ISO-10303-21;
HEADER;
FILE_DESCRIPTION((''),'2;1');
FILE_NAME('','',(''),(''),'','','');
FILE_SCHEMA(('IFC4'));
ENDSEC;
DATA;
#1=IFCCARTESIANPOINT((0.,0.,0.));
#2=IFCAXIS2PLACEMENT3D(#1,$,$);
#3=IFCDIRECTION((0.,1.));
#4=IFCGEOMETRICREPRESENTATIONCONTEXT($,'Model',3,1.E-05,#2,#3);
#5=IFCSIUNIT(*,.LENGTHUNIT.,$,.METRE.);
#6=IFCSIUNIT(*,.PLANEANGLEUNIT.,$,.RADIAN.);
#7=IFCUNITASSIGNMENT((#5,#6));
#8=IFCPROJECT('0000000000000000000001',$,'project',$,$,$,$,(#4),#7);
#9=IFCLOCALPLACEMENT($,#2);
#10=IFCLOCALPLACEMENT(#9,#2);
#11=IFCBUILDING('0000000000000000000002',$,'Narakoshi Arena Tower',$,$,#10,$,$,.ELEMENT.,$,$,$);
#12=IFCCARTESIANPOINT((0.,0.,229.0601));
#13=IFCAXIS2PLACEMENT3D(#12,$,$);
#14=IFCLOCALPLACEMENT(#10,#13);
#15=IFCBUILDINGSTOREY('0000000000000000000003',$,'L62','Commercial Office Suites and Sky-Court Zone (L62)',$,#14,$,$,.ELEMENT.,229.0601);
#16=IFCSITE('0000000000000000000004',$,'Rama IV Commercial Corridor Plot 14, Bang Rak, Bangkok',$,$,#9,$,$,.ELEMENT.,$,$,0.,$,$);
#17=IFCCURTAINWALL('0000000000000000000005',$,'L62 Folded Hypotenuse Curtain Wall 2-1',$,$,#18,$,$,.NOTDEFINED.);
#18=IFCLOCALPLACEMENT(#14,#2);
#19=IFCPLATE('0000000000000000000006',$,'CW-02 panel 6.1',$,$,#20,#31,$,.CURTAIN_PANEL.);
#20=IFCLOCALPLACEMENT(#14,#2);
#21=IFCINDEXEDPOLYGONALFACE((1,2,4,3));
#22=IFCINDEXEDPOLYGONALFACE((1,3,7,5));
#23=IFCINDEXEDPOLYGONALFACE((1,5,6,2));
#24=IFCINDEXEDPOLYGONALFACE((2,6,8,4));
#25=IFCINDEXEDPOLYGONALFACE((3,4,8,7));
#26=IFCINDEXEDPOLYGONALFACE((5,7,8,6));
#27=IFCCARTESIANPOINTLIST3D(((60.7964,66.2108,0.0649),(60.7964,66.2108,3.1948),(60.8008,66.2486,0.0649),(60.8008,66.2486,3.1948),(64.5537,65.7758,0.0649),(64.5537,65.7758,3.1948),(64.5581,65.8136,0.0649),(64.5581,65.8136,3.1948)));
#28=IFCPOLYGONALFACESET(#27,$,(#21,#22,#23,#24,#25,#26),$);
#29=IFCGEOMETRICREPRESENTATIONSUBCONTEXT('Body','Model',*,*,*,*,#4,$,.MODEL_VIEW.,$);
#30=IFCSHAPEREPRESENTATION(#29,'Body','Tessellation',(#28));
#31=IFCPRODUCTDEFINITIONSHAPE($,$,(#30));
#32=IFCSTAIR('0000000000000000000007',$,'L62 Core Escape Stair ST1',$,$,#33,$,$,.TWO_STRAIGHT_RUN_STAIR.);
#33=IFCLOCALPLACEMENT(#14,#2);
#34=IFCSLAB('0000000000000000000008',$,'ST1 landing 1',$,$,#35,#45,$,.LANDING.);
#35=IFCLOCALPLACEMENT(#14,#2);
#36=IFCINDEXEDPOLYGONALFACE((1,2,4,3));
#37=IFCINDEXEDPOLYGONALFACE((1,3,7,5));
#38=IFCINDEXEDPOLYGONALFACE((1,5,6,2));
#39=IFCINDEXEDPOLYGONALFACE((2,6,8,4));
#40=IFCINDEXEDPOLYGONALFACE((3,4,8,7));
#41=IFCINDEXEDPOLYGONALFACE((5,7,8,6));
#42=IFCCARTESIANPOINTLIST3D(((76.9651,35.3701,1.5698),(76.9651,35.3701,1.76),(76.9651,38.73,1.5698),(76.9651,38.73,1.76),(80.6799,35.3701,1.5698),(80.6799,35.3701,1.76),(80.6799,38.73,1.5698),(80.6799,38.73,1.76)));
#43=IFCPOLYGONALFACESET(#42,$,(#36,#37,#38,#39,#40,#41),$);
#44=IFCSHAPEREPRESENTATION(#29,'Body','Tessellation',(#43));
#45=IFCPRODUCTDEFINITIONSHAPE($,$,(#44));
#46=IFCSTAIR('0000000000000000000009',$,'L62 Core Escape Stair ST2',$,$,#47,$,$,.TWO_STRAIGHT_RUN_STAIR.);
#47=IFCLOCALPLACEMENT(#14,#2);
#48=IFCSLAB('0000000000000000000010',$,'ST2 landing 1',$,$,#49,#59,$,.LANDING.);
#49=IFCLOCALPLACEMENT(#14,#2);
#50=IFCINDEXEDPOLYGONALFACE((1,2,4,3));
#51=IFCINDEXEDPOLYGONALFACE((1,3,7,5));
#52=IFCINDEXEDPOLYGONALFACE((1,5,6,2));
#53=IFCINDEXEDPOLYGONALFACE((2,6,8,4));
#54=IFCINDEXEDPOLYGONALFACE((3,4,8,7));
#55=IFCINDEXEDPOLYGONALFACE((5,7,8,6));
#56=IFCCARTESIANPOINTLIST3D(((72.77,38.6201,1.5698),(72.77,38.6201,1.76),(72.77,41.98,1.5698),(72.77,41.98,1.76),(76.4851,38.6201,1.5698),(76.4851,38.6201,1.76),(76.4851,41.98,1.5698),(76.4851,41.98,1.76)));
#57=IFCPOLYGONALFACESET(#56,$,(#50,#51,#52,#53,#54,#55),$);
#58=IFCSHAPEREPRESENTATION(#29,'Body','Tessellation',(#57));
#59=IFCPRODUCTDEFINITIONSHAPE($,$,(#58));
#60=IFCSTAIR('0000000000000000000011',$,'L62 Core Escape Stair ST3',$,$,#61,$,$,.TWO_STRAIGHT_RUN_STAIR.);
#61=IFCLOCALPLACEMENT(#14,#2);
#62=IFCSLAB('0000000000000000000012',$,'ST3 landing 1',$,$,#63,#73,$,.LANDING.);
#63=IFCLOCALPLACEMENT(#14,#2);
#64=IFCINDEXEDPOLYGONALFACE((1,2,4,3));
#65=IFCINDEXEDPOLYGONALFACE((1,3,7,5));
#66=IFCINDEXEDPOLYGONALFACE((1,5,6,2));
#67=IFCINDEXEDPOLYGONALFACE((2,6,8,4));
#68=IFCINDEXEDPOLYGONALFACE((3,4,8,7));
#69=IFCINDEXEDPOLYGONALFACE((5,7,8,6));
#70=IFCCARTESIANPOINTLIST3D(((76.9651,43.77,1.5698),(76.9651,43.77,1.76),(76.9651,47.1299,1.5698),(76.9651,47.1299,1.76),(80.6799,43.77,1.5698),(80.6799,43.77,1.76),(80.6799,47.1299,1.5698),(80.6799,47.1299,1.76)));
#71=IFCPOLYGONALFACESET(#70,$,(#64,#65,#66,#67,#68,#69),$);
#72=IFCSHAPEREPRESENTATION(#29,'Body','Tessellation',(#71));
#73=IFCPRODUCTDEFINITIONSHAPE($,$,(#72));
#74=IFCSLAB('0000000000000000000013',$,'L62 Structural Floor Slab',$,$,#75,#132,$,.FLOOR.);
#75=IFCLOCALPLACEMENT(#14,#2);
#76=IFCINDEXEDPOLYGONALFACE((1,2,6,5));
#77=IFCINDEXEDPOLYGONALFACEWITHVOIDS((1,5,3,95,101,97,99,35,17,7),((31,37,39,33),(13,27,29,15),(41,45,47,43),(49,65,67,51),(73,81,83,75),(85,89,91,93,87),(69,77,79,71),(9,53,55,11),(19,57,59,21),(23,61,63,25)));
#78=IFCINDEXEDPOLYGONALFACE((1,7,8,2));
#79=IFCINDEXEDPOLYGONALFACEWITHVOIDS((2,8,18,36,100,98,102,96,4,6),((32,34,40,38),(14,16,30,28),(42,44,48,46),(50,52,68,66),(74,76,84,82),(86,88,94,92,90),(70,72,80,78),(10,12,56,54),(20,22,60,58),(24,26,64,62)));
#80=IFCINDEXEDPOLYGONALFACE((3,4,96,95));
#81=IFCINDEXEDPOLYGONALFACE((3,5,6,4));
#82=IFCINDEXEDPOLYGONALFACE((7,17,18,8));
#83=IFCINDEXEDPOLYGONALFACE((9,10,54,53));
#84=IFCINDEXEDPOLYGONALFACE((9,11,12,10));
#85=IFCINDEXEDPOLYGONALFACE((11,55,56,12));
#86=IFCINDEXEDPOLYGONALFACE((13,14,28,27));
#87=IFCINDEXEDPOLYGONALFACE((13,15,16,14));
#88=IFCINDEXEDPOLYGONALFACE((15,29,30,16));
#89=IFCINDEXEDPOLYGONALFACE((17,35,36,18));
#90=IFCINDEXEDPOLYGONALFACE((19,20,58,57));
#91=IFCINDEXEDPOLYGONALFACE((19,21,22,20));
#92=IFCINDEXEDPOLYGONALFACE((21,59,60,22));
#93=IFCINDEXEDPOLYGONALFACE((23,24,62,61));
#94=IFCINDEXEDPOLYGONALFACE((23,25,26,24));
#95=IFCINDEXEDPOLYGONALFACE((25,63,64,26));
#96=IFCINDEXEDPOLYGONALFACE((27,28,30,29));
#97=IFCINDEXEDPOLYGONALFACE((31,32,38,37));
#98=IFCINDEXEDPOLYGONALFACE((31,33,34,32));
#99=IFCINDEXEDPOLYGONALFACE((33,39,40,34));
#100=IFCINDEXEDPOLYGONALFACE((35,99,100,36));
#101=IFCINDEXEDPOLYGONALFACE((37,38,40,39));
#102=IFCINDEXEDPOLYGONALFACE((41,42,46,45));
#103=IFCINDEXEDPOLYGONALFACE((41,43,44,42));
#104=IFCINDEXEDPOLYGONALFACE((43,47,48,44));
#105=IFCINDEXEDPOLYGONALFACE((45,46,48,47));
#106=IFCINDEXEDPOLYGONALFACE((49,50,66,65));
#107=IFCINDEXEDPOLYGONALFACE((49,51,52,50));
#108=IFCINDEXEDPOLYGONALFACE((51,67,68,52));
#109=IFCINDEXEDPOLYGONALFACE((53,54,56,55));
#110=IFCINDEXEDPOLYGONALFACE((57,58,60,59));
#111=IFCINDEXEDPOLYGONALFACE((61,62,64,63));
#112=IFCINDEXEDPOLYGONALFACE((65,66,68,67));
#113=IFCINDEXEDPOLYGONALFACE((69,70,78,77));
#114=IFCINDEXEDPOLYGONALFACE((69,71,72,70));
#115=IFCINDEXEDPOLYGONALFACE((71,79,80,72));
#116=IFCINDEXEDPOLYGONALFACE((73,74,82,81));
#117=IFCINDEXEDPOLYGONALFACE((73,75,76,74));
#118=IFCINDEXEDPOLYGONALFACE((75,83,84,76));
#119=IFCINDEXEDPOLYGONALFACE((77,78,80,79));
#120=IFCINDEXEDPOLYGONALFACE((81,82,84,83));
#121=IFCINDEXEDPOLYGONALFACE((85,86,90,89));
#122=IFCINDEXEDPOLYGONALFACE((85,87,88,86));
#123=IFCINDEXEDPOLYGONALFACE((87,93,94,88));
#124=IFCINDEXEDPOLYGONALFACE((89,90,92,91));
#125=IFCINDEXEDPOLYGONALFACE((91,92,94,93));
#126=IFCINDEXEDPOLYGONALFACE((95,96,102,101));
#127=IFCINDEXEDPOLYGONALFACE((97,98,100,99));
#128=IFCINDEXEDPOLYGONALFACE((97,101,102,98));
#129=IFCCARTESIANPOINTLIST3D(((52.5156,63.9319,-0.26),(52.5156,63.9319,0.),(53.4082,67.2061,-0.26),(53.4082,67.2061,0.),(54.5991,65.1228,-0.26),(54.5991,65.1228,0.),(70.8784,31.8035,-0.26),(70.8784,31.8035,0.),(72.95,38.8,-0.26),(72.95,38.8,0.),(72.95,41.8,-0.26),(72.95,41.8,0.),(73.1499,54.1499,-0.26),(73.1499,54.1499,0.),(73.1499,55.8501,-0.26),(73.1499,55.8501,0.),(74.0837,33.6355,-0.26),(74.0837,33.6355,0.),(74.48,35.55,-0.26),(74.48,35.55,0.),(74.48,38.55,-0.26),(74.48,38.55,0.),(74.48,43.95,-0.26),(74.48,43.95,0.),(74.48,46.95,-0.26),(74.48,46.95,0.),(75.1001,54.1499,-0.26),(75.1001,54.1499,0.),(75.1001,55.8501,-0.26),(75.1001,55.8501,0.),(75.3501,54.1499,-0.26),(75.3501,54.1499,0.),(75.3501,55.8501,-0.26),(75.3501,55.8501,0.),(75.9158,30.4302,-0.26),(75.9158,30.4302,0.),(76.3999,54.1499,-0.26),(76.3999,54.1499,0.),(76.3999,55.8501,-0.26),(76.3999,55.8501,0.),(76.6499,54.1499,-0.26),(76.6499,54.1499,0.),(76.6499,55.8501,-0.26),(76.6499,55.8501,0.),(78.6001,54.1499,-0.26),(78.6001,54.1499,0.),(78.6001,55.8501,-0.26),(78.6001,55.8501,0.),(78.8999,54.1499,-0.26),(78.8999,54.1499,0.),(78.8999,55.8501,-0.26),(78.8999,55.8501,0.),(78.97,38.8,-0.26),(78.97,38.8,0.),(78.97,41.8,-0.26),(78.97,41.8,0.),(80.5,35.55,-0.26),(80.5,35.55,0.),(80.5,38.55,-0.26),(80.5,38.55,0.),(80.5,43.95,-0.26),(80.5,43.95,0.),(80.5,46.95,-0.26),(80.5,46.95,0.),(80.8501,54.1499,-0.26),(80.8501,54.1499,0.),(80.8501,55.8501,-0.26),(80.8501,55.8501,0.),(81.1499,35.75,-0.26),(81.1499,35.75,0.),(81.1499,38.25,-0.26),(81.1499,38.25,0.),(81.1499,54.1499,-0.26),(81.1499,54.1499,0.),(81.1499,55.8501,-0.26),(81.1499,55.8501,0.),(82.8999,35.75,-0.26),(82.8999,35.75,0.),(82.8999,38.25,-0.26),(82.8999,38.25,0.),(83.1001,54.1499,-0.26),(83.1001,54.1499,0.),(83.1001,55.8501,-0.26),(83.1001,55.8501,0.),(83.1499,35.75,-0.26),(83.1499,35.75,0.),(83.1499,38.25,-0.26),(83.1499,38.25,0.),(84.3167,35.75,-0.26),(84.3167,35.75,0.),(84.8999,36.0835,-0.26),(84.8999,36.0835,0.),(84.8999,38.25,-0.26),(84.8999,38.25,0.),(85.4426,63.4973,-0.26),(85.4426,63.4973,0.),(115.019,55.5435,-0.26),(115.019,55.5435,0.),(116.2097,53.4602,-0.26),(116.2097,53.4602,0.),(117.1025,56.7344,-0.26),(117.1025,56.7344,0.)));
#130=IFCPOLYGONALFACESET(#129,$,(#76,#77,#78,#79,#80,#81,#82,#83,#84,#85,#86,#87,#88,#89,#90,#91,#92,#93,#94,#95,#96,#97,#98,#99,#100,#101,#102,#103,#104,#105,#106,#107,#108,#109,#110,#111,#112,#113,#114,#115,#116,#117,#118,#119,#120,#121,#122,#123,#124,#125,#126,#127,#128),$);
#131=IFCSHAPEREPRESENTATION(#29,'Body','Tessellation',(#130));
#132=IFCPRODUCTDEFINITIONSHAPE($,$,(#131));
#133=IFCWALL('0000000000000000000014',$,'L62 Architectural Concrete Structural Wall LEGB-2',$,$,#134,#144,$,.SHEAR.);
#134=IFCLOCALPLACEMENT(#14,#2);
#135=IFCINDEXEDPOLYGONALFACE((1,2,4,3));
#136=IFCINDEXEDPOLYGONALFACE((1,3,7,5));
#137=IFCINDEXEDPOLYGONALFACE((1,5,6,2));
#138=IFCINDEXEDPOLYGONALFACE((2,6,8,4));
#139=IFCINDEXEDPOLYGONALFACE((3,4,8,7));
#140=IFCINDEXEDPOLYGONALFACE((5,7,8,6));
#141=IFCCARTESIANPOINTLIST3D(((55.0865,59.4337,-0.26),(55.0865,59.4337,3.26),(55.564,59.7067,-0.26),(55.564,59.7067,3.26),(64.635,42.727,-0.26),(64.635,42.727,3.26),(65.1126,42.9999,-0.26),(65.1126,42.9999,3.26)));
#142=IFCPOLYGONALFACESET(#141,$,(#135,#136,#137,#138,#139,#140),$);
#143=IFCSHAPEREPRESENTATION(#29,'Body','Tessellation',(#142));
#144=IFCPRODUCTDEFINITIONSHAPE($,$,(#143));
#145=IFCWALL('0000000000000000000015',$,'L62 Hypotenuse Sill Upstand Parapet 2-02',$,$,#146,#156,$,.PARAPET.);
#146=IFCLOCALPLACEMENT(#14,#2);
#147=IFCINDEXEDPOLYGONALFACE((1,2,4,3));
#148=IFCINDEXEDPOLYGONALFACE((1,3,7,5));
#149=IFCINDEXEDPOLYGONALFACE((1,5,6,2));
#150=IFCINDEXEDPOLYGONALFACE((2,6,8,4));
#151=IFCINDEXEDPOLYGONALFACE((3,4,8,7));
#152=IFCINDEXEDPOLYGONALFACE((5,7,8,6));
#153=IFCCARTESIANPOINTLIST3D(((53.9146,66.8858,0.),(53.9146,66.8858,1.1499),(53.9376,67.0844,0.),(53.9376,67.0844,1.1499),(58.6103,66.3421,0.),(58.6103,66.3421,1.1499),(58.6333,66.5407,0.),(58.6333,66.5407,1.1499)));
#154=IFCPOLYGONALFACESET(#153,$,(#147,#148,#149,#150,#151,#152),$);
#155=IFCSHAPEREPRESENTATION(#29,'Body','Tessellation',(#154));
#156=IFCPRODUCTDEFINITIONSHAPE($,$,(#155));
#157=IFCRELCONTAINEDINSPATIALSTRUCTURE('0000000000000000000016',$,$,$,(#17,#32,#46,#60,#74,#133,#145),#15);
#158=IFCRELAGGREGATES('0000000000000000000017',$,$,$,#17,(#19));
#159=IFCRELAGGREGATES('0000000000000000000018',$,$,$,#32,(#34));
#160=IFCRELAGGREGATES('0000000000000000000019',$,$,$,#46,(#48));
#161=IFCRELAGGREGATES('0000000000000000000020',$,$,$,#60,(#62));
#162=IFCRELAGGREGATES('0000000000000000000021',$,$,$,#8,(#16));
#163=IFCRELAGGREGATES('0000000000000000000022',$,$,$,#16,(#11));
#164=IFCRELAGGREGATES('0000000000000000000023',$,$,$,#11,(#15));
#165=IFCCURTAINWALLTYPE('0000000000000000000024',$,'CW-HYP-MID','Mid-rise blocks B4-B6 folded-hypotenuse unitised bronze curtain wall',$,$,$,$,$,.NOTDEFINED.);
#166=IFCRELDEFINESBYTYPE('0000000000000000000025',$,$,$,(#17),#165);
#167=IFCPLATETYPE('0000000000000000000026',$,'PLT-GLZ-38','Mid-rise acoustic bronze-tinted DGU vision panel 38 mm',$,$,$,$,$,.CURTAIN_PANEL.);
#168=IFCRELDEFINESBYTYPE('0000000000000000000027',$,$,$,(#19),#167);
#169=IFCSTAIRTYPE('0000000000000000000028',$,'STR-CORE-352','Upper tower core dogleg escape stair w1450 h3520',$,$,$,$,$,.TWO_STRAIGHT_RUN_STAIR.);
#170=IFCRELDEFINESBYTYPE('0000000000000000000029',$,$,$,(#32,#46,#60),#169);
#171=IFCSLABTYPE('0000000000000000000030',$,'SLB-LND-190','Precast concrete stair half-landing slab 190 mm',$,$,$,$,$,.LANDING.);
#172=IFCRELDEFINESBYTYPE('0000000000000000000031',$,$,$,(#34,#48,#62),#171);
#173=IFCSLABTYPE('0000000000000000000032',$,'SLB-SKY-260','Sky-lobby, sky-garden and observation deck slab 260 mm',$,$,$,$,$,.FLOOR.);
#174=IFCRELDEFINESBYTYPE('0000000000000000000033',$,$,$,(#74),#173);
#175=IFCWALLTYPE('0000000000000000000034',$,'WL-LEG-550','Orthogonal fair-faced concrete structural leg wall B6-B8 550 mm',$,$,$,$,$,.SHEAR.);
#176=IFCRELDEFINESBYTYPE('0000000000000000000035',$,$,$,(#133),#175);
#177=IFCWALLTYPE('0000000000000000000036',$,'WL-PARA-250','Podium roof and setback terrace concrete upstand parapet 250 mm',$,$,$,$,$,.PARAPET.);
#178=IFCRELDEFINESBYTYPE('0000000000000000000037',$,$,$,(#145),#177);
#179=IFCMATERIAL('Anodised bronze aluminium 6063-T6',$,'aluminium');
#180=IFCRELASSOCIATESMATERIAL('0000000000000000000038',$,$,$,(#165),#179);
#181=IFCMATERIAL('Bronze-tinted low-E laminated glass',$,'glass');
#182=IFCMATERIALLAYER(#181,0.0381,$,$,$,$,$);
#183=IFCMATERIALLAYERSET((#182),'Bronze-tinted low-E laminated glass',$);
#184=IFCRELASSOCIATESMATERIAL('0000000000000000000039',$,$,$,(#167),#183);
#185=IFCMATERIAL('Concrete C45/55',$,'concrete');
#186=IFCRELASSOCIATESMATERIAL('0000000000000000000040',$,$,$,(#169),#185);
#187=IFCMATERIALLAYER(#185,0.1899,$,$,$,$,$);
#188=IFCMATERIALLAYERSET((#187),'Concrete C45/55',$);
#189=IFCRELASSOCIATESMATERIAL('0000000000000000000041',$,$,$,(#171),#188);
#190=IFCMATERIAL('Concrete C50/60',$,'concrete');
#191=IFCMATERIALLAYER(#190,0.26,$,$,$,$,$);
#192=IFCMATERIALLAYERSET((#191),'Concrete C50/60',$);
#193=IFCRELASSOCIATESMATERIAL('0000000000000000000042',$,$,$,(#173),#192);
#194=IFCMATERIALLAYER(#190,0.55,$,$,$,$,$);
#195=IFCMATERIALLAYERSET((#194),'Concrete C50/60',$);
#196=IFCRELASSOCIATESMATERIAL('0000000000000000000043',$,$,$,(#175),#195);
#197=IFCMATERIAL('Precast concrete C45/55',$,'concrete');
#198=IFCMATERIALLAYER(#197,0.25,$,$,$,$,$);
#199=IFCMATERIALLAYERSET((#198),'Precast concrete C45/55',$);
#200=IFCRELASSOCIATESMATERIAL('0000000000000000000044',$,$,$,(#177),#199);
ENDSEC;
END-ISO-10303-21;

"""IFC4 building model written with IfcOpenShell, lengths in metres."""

from ifc_helpers import new_model, si_unit, direction, frame, frame_2d, origin, origin_2d, place, context, subcontext, project, spatial, polyline, rectangle, outline, extrude, material, layer, layer_set, type_object, element, aggregate, save


model = new_model("IFC4")

# Units and contexts
model_context = context("Model", 3, precision=1e-05, world=origin(), true_north=direction((0.0, 1.0)))
body_context = subcontext(model_context, "Body", "Model", "MODEL_VIEW")
ifc_project = project(units=[si_unit("LENGTHUNIT", "METRE"), si_unit("PLANEANGLEUNIT", "RADIAN")], contexts=[model_context])

# Site, building, storey
site_placement = place(None, origin())
site = spatial("IfcSite", under=ifc_project, at=site_placement, Name="Rama IV Commercial Corridor Plot 14, Bang Rak, Bangkok", CompositionType="ELEMENT", RefElevation=0.0)
building_placement = place(site_placement, origin())
building = spatial("IfcBuilding", under=site, at=building_placement, Name="Narakoshi Arena Tower", CompositionType="ELEMENT")
storey_placement = place(building_placement, frame((0.0, 0.0, 229.0601)))
storey = spatial("IfcBuildingStorey", under=building, at=storey_placement, Name="L62", Description="Commercial Office Suites and Sky-Court Zone (L62)", CompositionType="ELEMENT", Elevation=229.0601)

# Shared definitions
ifc_material_1 = material(Name="Concrete C50/60", Category="concrete")

# Curtain wall, plate
ifc_material_2 = material(Name="Anodised bronze aluminium 6063-T6", Category="aluminium")
curtain_wall_type = type_object("IfcCurtainWallType", Name="CW-HYP-MID", Description="Mid-rise blocks B4-B6 folded-hypotenuse unitised bronze curtain wall", PredefinedType="NOTDEFINED", material=ifc_material_2)
curtain_wall_placement = place(storey_placement, origin())
curtain_wall = element("IfcCurtainWall", 1, at=curtain_wall_placement, inside=storey, type_object=curtain_wall_type, Name="L62 Folded Hypotenuse Curtain Wall 2-1", PredefinedType="NOTDEFINED")
ifc_material_3 = material(Name="Bronze-tinted low-E laminated glass", Category="glass")
ifc_layer_1 = layer(ifc_material_3, 0.0381)
ifc_layer_set_1 = layer_set([ifc_layer_1], Name="Bronze-tinted low-E laminated glass")
plate_type = type_object("IfcPlateType", Name="PLT-GLZ-38", Description="Mid-rise acoustic bronze-tinted DGU vision panel 38 mm", PredefinedType="CURTAIN_PANEL", material=ifc_layer_set_1)
plate_placement = place(storey_placement, frame((62.6772, 66.0122, 0.0649), z_axis=(0.0, 0.0, 1.0), x_axis=(-0.993364, 0.115011, 0.0)))
plate = element("IfcPlate", 2, at=plate_placement, type_object=plate_type, Name="CW-02 panel 6.1", PredefinedType="CURTAIN_PANEL", context=body_context, shape_type="SweptSolid", body=[
    extrude(rectangle(XDim=3.7825, YDim=0.0381, at=origin_2d()), origin(), (0.0, 0.0, 1.0), 3.1299),
])
aggregate(curtain_wall, [plate])

# Stairs, slabs
ifc_material_4 = material(Name="Concrete C45/55", Category="concrete")
stair_type = type_object("IfcStairType", Name="STR-CORE-352", Description="Upper tower core dogleg escape stair w1450 h3520", PredefinedType="TWO_STRAIGHT_RUN_STAIR", material=ifc_material_4)
stair_1_placement = place(storey_placement, origin())
stair_1 = element("IfcStair", 3, at=stair_1_placement, inside=storey, type_object=stair_type, Name="L62 Core Escape Stair ST1", PredefinedType="TWO_STRAIGHT_RUN_STAIR")
ifc_layer_2 = layer(ifc_material_4, 0.1899)
ifc_layer_set_2 = layer_set([ifc_layer_2], Name="Concrete C45/55")
slab_type_1 = type_object("IfcSlabType", Name="SLB-LND-190", Description="Precast concrete stair half-landing slab 190 mm", PredefinedType="LANDING", material=ifc_layer_set_2)
slab_1_placement = place(storey_placement, frame((0.0, 0.0, 1.5698)))
slab_1 = element("IfcSlab", 4, at=slab_1_placement, type_object=slab_type_1, Name="ST1 landing 1", PredefinedType="LANDING", context=body_context, shape_type="SweptSolid", body=[
    extrude(outline(polyline([(76.9651, 35.3701), (80.6799, 35.3701), (80.6799, 38.73), (76.9651, 38.73), (76.9651, 35.3701)])), origin(), (0.0, 0.0, 1.0), 0.1902),
])
aggregate(stair_1, [slab_1])
stair_2_placement = place(storey_placement, origin())
stair_2 = element("IfcStair", 5, at=stair_2_placement, inside=storey, type_object=stair_type, Name="L62 Core Escape Stair ST2", PredefinedType="TWO_STRAIGHT_RUN_STAIR")
slab_2_placement = place(storey_placement, frame((0.0, 0.0, 1.5698)))
slab_2 = element("IfcSlab", 6, at=slab_2_placement, type_object=slab_type_1, Name="ST2 landing 1", PredefinedType="LANDING", context=body_context, shape_type="SweptSolid", body=[
    extrude(outline(polyline([(72.77, 38.6201), (76.4851, 38.6201), (76.4851, 41.98), (72.77, 41.98), (72.77, 38.6201)])), origin(), (0.0, 0.0, 1.0), 0.1902),
])
aggregate(stair_2, [slab_2])
stair_3_placement = place(storey_placement, origin())
stair_3 = element("IfcStair", 7, at=stair_3_placement, inside=storey, type_object=stair_type, Name="L62 Core Escape Stair ST3", PredefinedType="TWO_STRAIGHT_RUN_STAIR")
slab_3_placement = place(storey_placement, frame((0.0, 0.0, 1.5698)))
slab_3 = element("IfcSlab", 8, at=slab_3_placement, type_object=slab_type_1, Name="ST3 landing 1", PredefinedType="LANDING", context=body_context, shape_type="SweptSolid", body=[
    extrude(outline(polyline([(76.9651, 43.77), (80.6799, 43.77), (80.6799, 47.1299), (76.9651, 47.1299), (76.9651, 43.77)])), origin(), (0.0, 0.0, 1.0), 0.1902),
])
aggregate(stair_3, [slab_3])

# Slab
ifc_layer_3 = layer(ifc_material_1, 0.26)
ifc_layer_set_3 = layer_set([ifc_layer_3], Name="Concrete C50/60")
slab_type_2 = type_object("IfcSlabType", Name="SLB-SKY-260", Description="Sky-lobby, sky-garden and observation deck slab 260 mm", PredefinedType="FLOOR", material=ifc_layer_set_3)
slab_4_placement = place(storey_placement, frame((0.0, 0.0, -0.26)))
element("IfcSlab", 9, at=slab_4_placement, inside=storey, type_object=slab_type_2, Name="L62 Structural Floor Slab", PredefinedType="FLOOR", context=body_context, shape_type="SweptSolid", body=[
    extrude(outline(polyline([(75.9158, 30.4302), (116.2097, 53.4602), (115.019, 55.5435), (117.1025, 56.7344), (85.4426, 63.4973), (53.4082, 67.2061), (54.5991, 65.1228), (52.5156, 63.9319), (70.8784, 31.8035), (74.0837, 33.6355), (75.9158, 30.4302)]), holes=[polyline([(80.5, 35.55), (74.48, 35.55), (74.48, 38.55), (80.5, 38.55), (80.5, 35.55)]), polyline([(82.8999, 35.75), (81.1499, 35.75), (81.1499, 38.25), (82.8999, 38.25), (82.8999, 35.75)]), polyline([(84.8999, 36.0835), (84.3167, 35.75), (83.1499, 35.75), (83.1499, 38.25), (84.8999, 38.25), (84.8999, 36.0835)]), polyline([(72.95, 38.8), (72.95, 41.8), (78.97, 41.8), (78.97, 38.8), (72.95, 38.8)]), polyline([(74.48, 43.95), (74.48, 46.95), (80.5, 46.95), (80.5, 43.95), (74.48, 43.95)]), polyline([(75.1001, 54.1499), (73.1499, 54.1499), (73.1499, 55.8501), (75.1001, 55.8501), (75.1001, 54.1499)]), polyline([(76.3999, 54.1499), (75.3501, 54.1499), (75.3501, 55.8501), (76.3999, 55.8501), (76.3999, 54.1499)]), polyline([(78.6001, 54.1499), (76.6499, 54.1499), (76.6499, 55.8501), (78.6001, 55.8501), (78.6001, 54.1499)]), polyline([(78.8999, 54.1499), (78.8999, 55.8501), (80.8501, 55.8501), (80.8501, 54.1499), (78.8999, 54.1499)]), polyline([(81.1499, 54.1499), (81.1499, 55.8501), (83.1001, 55.8501), (83.1001, 54.1499), (81.1499, 54.1499)])]), origin(), (0.0, 0.0, 1.0), 0.26),
])

# Walls
ifc_layer_4 = layer(ifc_material_1, 0.55)
ifc_layer_set_4 = layer_set([ifc_layer_4], Name="Concrete C50/60")
wall_type_1 = type_object("IfcWallType", Name="WL-LEG-550", Description="Orthogonal fair-faced concrete structural leg wall B6-B8 550 mm", PredefinedType="SHEAR", material=ifc_layer_set_4)
wall_1_placement = place(storey_placement, frame((55.3252, 59.5703, -0.26), z_axis=(0.0, 0.0, 1.0), x_axis=(0.496211, -0.868202, 0.0)))
element("IfcWall", 10, at=wall_1_placement, inside=storey, type_object=wall_type_1, Name="L62 Architectural Concrete Structural Wall LEGB-2", PredefinedType="SHEAR", context=body_context, shape_type="SweptSolid", body=[
    extrude(rectangle(XDim=19.2429, YDim=0.55, at=frame_2d((9.6216, 0.0))), origin(), (0.0, 0.0, 1.0), 3.52),
])
ifc_material_5 = material(Name="Precast concrete C45/55", Category="concrete")
ifc_layer_5 = layer(ifc_material_5, 0.25)
ifc_layer_set_5 = layer_set([ifc_layer_5], Name="Precast concrete C45/55")
wall_type_2 = type_object("IfcWallType", Name="WL-PARA-250", Description="Podium roof and setback terrace concrete upstand parapet 250 mm", PredefinedType="PARAPET", material=ifc_layer_set_5)
wall_2_placement = place(storey_placement, frame((58.6218, 66.4414, 0.0), z_axis=(0.0, 0.0, 1.0), x_axis=(-0.993363, 0.115022, 0.0)))
element("IfcWall", 11, at=wall_2_placement, inside=storey, type_object=wall_type_2, Name="L62 Hypotenuse Sill Upstand Parapet 2-02", PredefinedType="PARAPET", context=body_context, shape_type="SweptSolid", body=[
    extrude(rectangle(XDim=4.7271, YDim=0.2, at=frame_2d((2.3635, 0.0))), origin(), (0.0, 0.0, 1.0), 1.1499),
])

save(model, "model.ifc")
